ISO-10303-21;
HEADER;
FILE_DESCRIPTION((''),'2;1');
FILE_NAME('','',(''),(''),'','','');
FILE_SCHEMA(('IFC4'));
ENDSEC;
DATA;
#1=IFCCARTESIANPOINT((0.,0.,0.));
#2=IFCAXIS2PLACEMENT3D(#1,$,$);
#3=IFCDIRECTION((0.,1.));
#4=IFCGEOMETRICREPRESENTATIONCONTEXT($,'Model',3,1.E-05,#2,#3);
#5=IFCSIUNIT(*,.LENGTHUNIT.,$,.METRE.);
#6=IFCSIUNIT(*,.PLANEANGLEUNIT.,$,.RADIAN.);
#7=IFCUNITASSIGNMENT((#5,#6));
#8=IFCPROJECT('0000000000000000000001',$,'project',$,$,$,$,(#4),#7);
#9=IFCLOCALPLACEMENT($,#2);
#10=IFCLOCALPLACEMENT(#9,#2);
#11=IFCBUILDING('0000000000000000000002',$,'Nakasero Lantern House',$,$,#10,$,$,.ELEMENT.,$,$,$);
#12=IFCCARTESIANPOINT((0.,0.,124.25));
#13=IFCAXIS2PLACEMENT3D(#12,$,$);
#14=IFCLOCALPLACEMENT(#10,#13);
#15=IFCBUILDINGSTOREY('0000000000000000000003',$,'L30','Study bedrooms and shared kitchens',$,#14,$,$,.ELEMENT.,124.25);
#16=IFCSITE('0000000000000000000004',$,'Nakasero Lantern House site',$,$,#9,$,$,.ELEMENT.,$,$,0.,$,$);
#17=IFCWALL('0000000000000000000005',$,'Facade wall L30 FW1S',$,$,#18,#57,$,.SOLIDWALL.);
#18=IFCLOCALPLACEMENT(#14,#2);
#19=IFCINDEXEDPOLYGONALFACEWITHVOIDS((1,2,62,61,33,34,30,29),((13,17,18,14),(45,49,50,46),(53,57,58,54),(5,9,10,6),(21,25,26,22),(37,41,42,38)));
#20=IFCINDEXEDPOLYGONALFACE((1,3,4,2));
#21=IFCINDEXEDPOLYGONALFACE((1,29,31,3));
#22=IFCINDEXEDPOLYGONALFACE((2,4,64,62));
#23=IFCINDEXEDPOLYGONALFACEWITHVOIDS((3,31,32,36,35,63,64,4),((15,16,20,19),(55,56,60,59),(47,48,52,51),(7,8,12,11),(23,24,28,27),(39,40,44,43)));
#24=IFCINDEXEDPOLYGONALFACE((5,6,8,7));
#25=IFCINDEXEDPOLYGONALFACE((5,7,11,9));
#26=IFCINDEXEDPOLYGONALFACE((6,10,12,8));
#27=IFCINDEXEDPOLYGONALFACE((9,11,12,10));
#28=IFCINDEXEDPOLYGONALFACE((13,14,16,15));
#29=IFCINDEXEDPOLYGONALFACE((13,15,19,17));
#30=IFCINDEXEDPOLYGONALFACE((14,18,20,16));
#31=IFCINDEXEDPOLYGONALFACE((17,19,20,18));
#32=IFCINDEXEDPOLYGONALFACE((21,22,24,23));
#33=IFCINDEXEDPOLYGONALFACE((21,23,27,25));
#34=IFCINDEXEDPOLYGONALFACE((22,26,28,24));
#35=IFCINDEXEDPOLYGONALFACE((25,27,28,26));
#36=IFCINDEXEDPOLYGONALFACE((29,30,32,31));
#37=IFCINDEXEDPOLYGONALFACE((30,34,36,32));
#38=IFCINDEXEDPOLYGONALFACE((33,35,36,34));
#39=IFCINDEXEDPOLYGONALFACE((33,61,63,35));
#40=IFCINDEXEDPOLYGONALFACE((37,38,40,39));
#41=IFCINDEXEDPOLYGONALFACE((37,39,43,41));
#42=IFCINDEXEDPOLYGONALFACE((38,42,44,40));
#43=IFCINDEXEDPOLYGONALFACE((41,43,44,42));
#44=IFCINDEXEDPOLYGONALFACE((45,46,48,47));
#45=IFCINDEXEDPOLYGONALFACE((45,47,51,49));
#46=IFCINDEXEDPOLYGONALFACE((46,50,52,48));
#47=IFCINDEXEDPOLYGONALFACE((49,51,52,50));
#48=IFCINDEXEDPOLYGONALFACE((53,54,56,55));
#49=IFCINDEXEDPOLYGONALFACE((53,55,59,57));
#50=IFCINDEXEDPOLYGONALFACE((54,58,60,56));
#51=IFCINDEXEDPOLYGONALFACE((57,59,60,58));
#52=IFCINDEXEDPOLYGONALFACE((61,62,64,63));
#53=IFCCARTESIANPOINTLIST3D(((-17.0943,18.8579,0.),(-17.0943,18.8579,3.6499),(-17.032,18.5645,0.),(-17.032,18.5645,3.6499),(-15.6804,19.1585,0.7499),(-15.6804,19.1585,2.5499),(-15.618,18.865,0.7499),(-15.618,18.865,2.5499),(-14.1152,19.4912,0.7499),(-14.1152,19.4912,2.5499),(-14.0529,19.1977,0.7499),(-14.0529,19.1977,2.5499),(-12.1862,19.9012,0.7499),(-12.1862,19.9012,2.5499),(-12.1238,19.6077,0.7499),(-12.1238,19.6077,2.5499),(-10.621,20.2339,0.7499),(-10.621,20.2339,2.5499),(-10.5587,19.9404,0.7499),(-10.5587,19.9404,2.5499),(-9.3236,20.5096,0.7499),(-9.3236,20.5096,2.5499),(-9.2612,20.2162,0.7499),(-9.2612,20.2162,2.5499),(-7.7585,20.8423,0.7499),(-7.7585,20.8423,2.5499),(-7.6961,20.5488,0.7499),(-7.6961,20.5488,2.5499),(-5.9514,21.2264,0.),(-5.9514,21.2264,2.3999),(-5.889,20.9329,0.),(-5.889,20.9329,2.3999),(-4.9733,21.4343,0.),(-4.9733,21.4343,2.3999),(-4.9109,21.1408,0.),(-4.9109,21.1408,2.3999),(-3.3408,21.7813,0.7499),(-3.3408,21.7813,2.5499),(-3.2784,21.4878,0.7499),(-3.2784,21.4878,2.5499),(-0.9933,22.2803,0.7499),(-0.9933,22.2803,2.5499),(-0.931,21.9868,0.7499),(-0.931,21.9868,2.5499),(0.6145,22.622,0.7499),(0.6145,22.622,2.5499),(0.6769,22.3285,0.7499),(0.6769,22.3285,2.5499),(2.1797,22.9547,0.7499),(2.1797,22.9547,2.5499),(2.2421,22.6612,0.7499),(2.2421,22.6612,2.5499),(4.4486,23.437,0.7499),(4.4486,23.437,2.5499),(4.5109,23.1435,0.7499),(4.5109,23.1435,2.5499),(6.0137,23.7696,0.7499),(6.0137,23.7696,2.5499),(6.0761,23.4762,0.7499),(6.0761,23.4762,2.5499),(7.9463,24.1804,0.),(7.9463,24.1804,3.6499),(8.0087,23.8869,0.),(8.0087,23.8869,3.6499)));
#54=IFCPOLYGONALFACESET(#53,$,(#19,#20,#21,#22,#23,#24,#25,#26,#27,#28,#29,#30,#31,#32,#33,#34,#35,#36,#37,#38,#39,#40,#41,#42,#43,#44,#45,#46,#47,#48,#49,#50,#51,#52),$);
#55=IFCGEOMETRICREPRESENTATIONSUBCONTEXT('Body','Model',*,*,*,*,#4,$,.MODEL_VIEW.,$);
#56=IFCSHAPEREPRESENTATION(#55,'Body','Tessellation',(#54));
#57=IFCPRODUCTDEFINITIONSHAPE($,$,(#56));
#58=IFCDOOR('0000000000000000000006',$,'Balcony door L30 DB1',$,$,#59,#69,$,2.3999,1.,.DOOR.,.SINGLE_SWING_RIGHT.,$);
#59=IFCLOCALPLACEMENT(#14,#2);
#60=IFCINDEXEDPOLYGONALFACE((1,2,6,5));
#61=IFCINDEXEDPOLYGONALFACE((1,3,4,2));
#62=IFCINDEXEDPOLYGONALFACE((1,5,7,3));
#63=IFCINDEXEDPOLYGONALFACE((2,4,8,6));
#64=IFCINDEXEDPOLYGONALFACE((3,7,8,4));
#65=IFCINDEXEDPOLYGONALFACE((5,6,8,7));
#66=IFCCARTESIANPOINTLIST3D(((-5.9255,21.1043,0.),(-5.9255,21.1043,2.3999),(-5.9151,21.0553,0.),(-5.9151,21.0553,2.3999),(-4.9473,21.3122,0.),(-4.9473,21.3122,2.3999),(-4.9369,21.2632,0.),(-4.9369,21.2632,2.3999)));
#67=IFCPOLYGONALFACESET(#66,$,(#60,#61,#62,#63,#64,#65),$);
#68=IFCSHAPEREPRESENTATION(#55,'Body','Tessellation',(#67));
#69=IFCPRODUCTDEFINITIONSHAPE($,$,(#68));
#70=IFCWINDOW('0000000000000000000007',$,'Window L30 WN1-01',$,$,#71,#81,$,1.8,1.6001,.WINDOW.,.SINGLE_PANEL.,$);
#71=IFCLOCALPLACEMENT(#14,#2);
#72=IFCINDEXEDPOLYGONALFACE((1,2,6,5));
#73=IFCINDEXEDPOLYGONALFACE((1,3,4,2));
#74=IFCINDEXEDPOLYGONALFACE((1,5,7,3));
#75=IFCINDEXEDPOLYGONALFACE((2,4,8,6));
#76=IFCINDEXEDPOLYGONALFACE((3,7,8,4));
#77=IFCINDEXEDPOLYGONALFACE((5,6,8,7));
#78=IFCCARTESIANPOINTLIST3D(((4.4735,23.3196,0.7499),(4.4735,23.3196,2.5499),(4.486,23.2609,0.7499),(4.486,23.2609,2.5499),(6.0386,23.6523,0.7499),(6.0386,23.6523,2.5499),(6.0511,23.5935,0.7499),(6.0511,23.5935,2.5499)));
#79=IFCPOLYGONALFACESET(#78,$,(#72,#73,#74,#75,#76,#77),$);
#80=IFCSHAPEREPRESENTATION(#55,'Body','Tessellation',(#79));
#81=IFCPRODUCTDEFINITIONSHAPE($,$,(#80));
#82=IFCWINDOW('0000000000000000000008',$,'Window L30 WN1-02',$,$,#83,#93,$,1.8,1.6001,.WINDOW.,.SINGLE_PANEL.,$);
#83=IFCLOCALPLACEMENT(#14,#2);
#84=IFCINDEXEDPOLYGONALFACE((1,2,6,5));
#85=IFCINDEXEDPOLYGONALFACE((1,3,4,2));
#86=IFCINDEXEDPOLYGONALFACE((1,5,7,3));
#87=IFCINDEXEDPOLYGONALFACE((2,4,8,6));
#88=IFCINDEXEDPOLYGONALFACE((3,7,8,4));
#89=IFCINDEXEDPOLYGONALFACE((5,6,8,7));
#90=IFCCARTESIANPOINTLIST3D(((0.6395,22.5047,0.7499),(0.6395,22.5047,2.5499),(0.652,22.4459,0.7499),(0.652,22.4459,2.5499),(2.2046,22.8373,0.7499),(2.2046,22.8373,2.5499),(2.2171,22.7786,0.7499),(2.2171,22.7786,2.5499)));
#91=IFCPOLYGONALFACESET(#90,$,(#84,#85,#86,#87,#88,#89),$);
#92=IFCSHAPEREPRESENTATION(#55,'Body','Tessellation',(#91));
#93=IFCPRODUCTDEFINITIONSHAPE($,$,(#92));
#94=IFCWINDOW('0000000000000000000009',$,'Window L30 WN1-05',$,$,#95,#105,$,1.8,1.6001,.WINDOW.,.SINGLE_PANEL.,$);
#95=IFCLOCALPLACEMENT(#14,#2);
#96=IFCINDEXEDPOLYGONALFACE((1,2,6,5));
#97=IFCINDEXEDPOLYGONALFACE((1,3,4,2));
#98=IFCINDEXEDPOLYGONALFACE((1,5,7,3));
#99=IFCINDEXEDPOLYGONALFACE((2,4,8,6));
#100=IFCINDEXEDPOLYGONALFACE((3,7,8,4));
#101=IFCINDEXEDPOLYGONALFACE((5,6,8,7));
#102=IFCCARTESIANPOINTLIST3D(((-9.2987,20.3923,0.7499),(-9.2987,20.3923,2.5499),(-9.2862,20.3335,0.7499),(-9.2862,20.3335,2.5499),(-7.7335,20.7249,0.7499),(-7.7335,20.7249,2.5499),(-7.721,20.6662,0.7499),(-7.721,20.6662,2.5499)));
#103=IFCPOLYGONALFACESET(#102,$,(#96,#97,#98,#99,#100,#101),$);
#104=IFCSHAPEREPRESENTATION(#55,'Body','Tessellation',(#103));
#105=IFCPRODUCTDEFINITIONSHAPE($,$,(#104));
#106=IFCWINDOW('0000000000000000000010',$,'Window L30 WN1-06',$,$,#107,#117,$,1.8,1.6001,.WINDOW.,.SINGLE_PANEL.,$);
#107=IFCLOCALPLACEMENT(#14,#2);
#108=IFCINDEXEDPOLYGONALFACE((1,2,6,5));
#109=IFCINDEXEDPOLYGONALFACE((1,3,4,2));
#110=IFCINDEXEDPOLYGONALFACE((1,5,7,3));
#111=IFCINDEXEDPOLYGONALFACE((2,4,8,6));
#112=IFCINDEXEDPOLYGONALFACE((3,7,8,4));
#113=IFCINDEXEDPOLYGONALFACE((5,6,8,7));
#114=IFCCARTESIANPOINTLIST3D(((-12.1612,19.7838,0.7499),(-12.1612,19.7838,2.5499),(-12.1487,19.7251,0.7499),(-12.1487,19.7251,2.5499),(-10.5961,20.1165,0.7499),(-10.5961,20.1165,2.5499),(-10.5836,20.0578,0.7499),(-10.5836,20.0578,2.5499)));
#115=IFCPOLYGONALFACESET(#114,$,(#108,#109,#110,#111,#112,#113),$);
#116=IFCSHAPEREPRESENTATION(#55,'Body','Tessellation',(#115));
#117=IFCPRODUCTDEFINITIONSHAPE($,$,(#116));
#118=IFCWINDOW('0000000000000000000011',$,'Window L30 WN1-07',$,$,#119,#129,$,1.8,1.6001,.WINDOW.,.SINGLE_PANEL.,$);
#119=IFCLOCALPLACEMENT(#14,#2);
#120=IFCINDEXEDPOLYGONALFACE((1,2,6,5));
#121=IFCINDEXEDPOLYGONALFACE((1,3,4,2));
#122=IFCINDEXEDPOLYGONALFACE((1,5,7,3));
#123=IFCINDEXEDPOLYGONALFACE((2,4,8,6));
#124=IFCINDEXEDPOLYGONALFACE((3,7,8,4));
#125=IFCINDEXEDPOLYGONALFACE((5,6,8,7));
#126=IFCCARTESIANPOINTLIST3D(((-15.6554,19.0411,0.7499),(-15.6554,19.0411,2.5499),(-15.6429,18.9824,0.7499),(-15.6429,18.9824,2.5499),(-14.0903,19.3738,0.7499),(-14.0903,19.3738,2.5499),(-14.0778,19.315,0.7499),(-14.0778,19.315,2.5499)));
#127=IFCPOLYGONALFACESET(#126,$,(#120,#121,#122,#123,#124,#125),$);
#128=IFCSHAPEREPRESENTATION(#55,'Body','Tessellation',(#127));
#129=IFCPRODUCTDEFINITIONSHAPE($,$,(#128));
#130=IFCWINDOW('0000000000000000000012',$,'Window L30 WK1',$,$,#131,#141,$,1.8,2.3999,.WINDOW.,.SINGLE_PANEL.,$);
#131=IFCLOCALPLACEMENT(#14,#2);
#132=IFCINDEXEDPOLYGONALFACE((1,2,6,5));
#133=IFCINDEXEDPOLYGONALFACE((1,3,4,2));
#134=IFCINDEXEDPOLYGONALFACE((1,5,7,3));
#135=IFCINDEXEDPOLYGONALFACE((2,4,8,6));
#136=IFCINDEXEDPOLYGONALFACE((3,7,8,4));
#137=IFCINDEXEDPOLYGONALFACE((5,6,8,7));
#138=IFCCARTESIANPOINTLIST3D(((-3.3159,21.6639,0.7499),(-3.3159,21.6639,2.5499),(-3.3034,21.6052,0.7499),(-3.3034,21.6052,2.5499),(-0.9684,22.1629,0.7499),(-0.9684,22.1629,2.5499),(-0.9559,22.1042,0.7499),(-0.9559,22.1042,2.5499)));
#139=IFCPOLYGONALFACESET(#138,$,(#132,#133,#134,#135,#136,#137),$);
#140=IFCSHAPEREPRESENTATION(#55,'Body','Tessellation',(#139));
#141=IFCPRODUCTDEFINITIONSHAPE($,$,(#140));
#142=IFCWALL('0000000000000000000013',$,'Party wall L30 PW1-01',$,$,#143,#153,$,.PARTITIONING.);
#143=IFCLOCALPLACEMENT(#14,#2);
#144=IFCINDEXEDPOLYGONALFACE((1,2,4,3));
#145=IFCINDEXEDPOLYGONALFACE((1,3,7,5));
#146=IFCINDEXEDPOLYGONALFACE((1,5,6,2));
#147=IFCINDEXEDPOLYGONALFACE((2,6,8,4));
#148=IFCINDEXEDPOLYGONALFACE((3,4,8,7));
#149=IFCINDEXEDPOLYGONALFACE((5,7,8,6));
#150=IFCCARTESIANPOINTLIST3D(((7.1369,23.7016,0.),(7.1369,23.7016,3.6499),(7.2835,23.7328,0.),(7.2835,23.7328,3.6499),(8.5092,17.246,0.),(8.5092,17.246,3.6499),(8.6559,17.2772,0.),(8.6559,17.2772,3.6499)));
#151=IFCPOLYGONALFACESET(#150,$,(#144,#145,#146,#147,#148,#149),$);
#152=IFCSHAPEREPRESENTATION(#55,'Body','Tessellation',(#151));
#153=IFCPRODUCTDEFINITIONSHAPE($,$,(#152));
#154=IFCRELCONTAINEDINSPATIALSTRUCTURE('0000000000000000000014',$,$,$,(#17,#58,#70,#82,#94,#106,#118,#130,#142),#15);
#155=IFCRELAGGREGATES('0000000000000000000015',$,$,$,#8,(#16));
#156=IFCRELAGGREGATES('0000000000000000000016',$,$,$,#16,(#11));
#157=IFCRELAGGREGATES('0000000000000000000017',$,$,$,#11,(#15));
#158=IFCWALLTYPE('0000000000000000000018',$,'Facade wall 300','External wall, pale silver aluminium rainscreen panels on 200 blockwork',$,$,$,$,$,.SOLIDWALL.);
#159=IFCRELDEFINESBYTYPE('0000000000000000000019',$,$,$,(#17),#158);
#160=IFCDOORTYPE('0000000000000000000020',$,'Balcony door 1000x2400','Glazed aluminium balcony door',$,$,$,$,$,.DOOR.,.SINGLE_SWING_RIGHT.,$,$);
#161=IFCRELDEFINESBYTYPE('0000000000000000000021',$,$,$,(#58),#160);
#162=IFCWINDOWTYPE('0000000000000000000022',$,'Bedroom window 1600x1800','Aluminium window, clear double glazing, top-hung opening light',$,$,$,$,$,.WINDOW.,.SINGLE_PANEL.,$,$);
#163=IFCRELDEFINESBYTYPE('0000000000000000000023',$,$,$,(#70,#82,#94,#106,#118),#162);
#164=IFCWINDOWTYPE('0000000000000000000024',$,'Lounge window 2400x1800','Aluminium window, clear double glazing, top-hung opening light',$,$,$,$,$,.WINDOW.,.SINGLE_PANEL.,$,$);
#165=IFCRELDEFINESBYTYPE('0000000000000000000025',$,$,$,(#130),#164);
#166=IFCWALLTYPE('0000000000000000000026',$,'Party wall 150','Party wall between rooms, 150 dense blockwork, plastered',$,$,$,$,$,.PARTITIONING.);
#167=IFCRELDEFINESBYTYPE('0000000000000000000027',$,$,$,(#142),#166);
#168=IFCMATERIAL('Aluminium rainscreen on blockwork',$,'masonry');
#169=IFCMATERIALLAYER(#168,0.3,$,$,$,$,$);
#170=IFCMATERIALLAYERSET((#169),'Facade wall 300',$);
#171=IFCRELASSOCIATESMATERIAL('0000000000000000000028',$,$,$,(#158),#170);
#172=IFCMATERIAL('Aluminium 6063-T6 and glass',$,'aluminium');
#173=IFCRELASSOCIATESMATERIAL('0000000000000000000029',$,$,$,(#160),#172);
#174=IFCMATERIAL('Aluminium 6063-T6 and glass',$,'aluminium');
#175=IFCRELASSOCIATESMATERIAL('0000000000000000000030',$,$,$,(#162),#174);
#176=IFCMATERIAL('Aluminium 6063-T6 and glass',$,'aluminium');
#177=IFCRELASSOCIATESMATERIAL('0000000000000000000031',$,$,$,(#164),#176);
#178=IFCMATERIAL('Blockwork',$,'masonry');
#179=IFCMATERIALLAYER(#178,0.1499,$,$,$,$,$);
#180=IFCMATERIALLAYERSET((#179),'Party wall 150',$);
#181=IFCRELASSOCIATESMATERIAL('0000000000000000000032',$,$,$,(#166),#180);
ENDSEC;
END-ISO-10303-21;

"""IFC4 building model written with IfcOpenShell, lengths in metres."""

from ifc_helpers import new_model, si_unit, direction, frame, frame_2d, origin, place, context, subcontext, project, spatial, rectangle, extrude, material, layer, layer_set, type_object, element, fill, save


model = new_model("IFC4")

# Units and contexts
model_context = context("Model", 3, precision=1e-05, world=origin(), true_north=direction((0.0, 1.0)))
body_context = subcontext(model_context, "Body", "Model", "MODEL_VIEW")
ifc_project = project(units=[si_unit("LENGTHUNIT", "METRE"), si_unit("PLANEANGLEUNIT", "RADIAN")], contexts=[model_context])

# Site, building, storey
site_placement = place(None, origin())
site = spatial("IfcSite", under=ifc_project, at=site_placement, Name="Nakasero Lantern House site", CompositionType="ELEMENT", RefElevation=0.0)
building_placement = place(site_placement, origin())
building = spatial("IfcBuilding", under=site, at=building_placement, Name="Nakasero Lantern House", CompositionType="ELEMENT")
storey_placement = place(building_placement, frame((0.0, 0.0, 124.25)))
storey = spatial("IfcBuildingStorey", under=building, at=storey_placement, Name="L30", Description="Study bedrooms and shared kitchens", CompositionType="ELEMENT", Elevation=124.25)

# Wall, openings, door, windows
ifc_material_1 = material(Name="Aluminium rainscreen on blockwork", Category="masonry")
ifc_layer_1 = layer(ifc_material_1, 0.3)
ifc_layer_set_1 = layer_set([ifc_layer_1], Name="Facade wall 300")
wall_type_1 = type_object("IfcWallType", Name="Facade wall 300", Description="External wall, pale silver aluminium rainscreen panels on 200 blockwork", PredefinedType="SOLIDWALL", material=ifc_layer_set_1)
wall_1_placement = place(storey_placement, frame((7.9775, 24.0337, 0.0), z_axis=(0.0, 0.0, 1.0), x_axis=(-0.978148, -0.207909, 0.0)))
wall_1 = element("IfcWall", 1, at=wall_1_placement, inside=storey, type_object=wall_type_1, Name="Facade wall L30 FW1S", PredefinedType="SOLIDWALL", context=body_context, shape_type="SweptSolid", body=[
    extrude(rectangle(XDim=25.6001, YDim=0.3, at=frame_2d((12.8, 0.0))), origin(), (0.0, 0.0, 1.0), 3.6499),
])
opening_1_placement = place(wall_1_placement, frame((1.9758, 0.0, 0.75)))
opening_1 = element("IfcOpeningElement", 2, at=opening_1_placement, cuts=wall_1, PredefinedType="OPENING", context=body_context, shape_type="SweptSolid", body=[
    extrude(rectangle(XDim=1.6001, YDim=1.8, at=frame_2d((0.8, 0.8999))), frame((0.0, 0.1699, 0.0), z_axis=(0.0, -1.0, 0.0), x_axis=(1.0, 0.0, 0.0)), (0.0, 0.0, 1.0), 0.3401),
])
opening_2_placement = place(wall_1_placement, frame((5.8955, 0.0, 0.75)))
opening_2 = element("IfcOpeningElement", 3, at=opening_2_placement, cuts=wall_1, PredefinedType="OPENING", context=body_context, shape_type="SweptSolid", body=[
    extrude(rectangle(XDim=1.6001, YDim=1.8, at=frame_2d((0.8, 0.8999))), frame((0.0, 0.1699, 0.0), z_axis=(0.0, -1.0, 0.0), x_axis=(1.0, 0.0, 0.0)), (0.0, 0.0, 1.0), 0.3401),
])
opening_3_placement = place(wall_1_placement, frame((16.0557, 0.0, 0.75)))
opening_3 = element("IfcOpeningElement", 4, at=opening_3_placement, cuts=wall_1, PredefinedType="OPENING", context=body_context, shape_type="SweptSolid", body=[
    extrude(rectangle(XDim=1.6001, YDim=1.8, at=frame_2d((0.8, 0.8999))), frame((0.0, 0.1699, 0.0), z_axis=(0.0, -1.0, 0.0), x_axis=(1.0, 0.0, 0.0)), (0.0, 0.0, 1.0), 0.3401),
])
opening_4_placement = place(wall_1_placement, frame((18.9822, 0.0, 0.75)))
opening_4 = element("IfcOpeningElement", 5, at=opening_4_placement, cuts=wall_1, PredefinedType="OPENING", context=body_context, shape_type="SweptSolid", body=[
    extrude(rectangle(XDim=1.6001, YDim=1.8, at=frame_2d((0.8, 0.8999))), frame((0.0, 0.1699, 0.0), z_axis=(0.0, -1.0, 0.0), x_axis=(1.0, 0.0, 0.0)), (0.0, 0.0, 1.0), 0.3401),
])
opening_5_placement = place(wall_1_placement, frame((22.5544, 0.0, 0.75)))
opening_5 = element("IfcOpeningElement", 6, at=opening_5_placement, cuts=wall_1, PredefinedType="OPENING", context=body_context, shape_type="SweptSolid", body=[
    extrude(rectangle(XDim=1.6001, YDim=1.8, at=frame_2d((0.8, 0.8999))), frame((0.0, 0.1699, 0.0), z_axis=(0.0, -1.0, 0.0), x_axis=(1.0, 0.0, 0.0)), (0.0, 0.0, 1.0), 0.3401),
])
opening_6_placement = place(wall_1_placement, frame((9.1394, 0.0, 0.75)))
opening_6 = element("IfcOpeningElement", 7, at=opening_6_placement, cuts=wall_1, PredefinedType="OPENING", context=body_context, shape_type="SweptSolid", body=[
    extrude(rectangle(XDim=2.3999, YDim=1.8, at=frame_2d((1.2, 0.8999))), frame((0.0, 0.1699, 0.0), z_axis=(0.0, -1.0, 0.0), x_axis=(1.0, 0.0, 0.0)), (0.0, 0.0, 1.0), 0.3401),
])
opening_7_placement = place(wall_1_placement, frame((13.2083, 0.0, 0.0)))
opening_7 = element("IfcOpeningElement", 8, at=opening_7_placement, cuts=wall_1, PredefinedType="OPENING", context=body_context, shape_type="SweptSolid", body=[
    extrude(rectangle(XDim=1.0, YDim=2.3999, at=frame_2d((0.5, 1.2))), frame((0.0, 0.1699, 0.0), z_axis=(0.0, -1.0, 0.0), x_axis=(1.0, 0.0, 0.0)), (0.0, 0.0, 1.0), 0.3401),
])
ifc_material_2 = material(Name="Aluminium 6063-T6 and glass", Category="aluminium")
door_type_1 = type_object("IfcDoorType", Name="Balcony door 1000x2400", Description="Glazed aluminium balcony door", OperationType="SINGLE_SWING_RIGHT", PredefinedType="DOOR", material=ifc_material_2)
door_1_placement = place(opening_7_placement, origin())
door_1 = element("IfcDoor", 9, at=door_1_placement, inside=storey, type_object=door_type_1, Name="Balcony door L30 DB1", OperationType="SINGLE_SWING_RIGHT", OverallHeight=2.3999, OverallWidth=1.0, PredefinedType="DOOR", context=body_context, shape_type="SweptSolid", body=[
    extrude(rectangle(XDim=1.0, YDim=2.3999, at=frame_2d((0.5, 1.2))), frame((0.0, 0.0249, 0.0), z_axis=(0.0, -1.0, 0.0), x_axis=(1.0, 0.0, 0.0)), (0.0, 0.0, 1.0), 0.05),
])
fill(opening_7, door_1)
ifc_material_3 = material(Name="Aluminium 6063-T6 and glass", Category="aluminium")
window_type_1 = type_object("IfcWindowType", Name="Bedroom window 1600x1800", Description="Aluminium window, clear double glazing, top-hung opening light", PartitioningType="SINGLE_PANEL", PredefinedType="WINDOW", material=ifc_material_3)
window_1_placement = place(opening_1_placement, origin())
window_1 = element("IfcWindow", 10, at=window_1_placement, inside=storey, type_object=window_type_1, Name="Window L30 WN1-01", OverallHeight=1.8, OverallWidth=1.6001, PartitioningType="SINGLE_PANEL", PredefinedType="WINDOW", context=body_context, shape_type="SweptSolid", body=[
    extrude(rectangle(XDim=1.6001, YDim=1.8, at=frame_2d((0.8, 0.8999))), frame((0.0, 0.03, 0.0), z_axis=(0.0, -1.0, 0.0), x_axis=(1.0, 0.0, 0.0)), (0.0, 0.0, 1.0), 0.0601),
])
fill(opening_1, window_1)
window_2_placement = place(opening_2_placement, origin())
window_2 = element("IfcWindow", 11, at=window_2_placement, inside=storey, type_object=window_type_1, Name="Window L30 WN1-02", OverallHeight=1.8, OverallWidth=1.6001, PartitioningType="SINGLE_PANEL", PredefinedType="WINDOW", context=body_context, shape_type="SweptSolid", body=[
    extrude(rectangle(XDim=1.6001, YDim=1.8, at=frame_2d((0.8, 0.8999))), frame((0.0, 0.03, 0.0), z_axis=(0.0, -1.0, 0.0), x_axis=(1.0, 0.0, 0.0)), (0.0, 0.0, 1.0), 0.0601),
])
fill(opening_2, window_2)
window_3_placement = place(opening_3_placement, origin())
window_3 = element("IfcWindow", 12, at=window_3_placement, inside=storey, type_object=window_type_1, Name="Window L30 WN1-05", OverallHeight=1.8, OverallWidth=1.6001, PartitioningType="SINGLE_PANEL", PredefinedType="WINDOW", context=body_context, shape_type="SweptSolid", body=[
    extrude(rectangle(XDim=1.6001, YDim=1.8, at=frame_2d((0.8, 0.8999))), frame((0.0, 0.03, 0.0), z_axis=(0.0, -1.0, 0.0), x_axis=(1.0, 0.0, 0.0)), (0.0, 0.0, 1.0), 0.0601),
])
fill(opening_3, window_3)
window_4_placement = place(opening_4_placement, origin())
window_4 = element("IfcWindow", 13, at=window_4_placement, inside=storey, type_object=window_type_1, Name="Window L30 WN1-06", OverallHeight=1.8, OverallWidth=1.6001, PartitioningType="SINGLE_PANEL", PredefinedType="WINDOW", context=body_context, shape_type="SweptSolid", body=[
    extrude(rectangle(XDim=1.6001, YDim=1.8, at=frame_2d((0.8, 0.8999))), frame((0.0, 0.03, 0.0), z_axis=(0.0, -1.0, 0.0), x_axis=(1.0, 0.0, 0.0)), (0.0, 0.0, 1.0), 0.0601),
])
fill(opening_4, window_4)
window_5_placement = place(opening_5_placement, origin())
window_5 = element("IfcWindow", 14, at=window_5_placement, inside=storey, type_object=window_type_1, Name="Window L30 WN1-07", OverallHeight=1.8, OverallWidth=1.6001, PartitioningType="SINGLE_PANEL", PredefinedType="WINDOW", context=body_context, shape_type="SweptSolid", body=[
    extrude(rectangle(XDim=1.6001, YDim=1.8, at=frame_2d((0.8, 0.8999))), frame((0.0, 0.03, 0.0), z_axis=(0.0, -1.0, 0.0), x_axis=(1.0, 0.0, 0.0)), (0.0, 0.0, 1.0), 0.0601),
])
fill(opening_5, window_5)
ifc_material_4 = material(Name="Aluminium 6063-T6 and glass", Category="aluminium")
window_type_2 = type_object("IfcWindowType", Name="Lounge window 2400x1800", Description="Aluminium window, clear double glazing, top-hung opening light", PartitioningType="SINGLE_PANEL", PredefinedType="WINDOW", material=ifc_material_4)
window_6_placement = place(opening_6_placement, origin())
window_6 = element("IfcWindow", 15, at=window_6_placement, inside=storey, type_object=window_type_2, Name="Window L30 WK1", OverallHeight=1.8, OverallWidth=2.3999, PartitioningType="SINGLE_PANEL", PredefinedType="WINDOW", context=body_context, shape_type="SweptSolid", body=[
    extrude(rectangle(XDim=2.3999, YDim=1.8, at=frame_2d((1.2, 0.8999))), frame((0.0, 0.03, 0.0), z_axis=(0.0, -1.0, 0.0), x_axis=(1.0, 0.0, 0.0)), (0.0, 0.0, 1.0), 0.0601),
])
fill(opening_6, window_6)

# Wall
ifc_material_5 = material(Name="Blockwork", Category="masonry")
ifc_layer_2 = layer(ifc_material_5, 0.1499)
ifc_layer_set_2 = layer_set([ifc_layer_2], Name="Party wall 150")
wall_type_2 = type_object("IfcWallType", Name="Party wall 150", Description="Party wall between rooms, 150 dense blockwork, plastered", PredefinedType="PARTITIONING", material=ifc_layer_set_2)
wall_2_placement = place(storey_placement, frame((8.5825, 17.2617, 0.0), z_axis=(0.0, 0.0, 1.0), x_axis=(-0.207932, 0.978143, 0.0)))
element("IfcWall", 16, at=wall_2_placement, inside=storey, type_object=wall_type_2, Name="Party wall L30 PW1-01", PredefinedType="PARTITIONING", context=body_context, shape_type="SweptSolid", body=[
    extrude(rectangle(XDim=6.5999, YDim=0.1499, at=frame_2d((3.2998, 0.0))), origin(), (0.0, 0.0, 1.0), 3.6499),
])

save(model, "model.ifc")
